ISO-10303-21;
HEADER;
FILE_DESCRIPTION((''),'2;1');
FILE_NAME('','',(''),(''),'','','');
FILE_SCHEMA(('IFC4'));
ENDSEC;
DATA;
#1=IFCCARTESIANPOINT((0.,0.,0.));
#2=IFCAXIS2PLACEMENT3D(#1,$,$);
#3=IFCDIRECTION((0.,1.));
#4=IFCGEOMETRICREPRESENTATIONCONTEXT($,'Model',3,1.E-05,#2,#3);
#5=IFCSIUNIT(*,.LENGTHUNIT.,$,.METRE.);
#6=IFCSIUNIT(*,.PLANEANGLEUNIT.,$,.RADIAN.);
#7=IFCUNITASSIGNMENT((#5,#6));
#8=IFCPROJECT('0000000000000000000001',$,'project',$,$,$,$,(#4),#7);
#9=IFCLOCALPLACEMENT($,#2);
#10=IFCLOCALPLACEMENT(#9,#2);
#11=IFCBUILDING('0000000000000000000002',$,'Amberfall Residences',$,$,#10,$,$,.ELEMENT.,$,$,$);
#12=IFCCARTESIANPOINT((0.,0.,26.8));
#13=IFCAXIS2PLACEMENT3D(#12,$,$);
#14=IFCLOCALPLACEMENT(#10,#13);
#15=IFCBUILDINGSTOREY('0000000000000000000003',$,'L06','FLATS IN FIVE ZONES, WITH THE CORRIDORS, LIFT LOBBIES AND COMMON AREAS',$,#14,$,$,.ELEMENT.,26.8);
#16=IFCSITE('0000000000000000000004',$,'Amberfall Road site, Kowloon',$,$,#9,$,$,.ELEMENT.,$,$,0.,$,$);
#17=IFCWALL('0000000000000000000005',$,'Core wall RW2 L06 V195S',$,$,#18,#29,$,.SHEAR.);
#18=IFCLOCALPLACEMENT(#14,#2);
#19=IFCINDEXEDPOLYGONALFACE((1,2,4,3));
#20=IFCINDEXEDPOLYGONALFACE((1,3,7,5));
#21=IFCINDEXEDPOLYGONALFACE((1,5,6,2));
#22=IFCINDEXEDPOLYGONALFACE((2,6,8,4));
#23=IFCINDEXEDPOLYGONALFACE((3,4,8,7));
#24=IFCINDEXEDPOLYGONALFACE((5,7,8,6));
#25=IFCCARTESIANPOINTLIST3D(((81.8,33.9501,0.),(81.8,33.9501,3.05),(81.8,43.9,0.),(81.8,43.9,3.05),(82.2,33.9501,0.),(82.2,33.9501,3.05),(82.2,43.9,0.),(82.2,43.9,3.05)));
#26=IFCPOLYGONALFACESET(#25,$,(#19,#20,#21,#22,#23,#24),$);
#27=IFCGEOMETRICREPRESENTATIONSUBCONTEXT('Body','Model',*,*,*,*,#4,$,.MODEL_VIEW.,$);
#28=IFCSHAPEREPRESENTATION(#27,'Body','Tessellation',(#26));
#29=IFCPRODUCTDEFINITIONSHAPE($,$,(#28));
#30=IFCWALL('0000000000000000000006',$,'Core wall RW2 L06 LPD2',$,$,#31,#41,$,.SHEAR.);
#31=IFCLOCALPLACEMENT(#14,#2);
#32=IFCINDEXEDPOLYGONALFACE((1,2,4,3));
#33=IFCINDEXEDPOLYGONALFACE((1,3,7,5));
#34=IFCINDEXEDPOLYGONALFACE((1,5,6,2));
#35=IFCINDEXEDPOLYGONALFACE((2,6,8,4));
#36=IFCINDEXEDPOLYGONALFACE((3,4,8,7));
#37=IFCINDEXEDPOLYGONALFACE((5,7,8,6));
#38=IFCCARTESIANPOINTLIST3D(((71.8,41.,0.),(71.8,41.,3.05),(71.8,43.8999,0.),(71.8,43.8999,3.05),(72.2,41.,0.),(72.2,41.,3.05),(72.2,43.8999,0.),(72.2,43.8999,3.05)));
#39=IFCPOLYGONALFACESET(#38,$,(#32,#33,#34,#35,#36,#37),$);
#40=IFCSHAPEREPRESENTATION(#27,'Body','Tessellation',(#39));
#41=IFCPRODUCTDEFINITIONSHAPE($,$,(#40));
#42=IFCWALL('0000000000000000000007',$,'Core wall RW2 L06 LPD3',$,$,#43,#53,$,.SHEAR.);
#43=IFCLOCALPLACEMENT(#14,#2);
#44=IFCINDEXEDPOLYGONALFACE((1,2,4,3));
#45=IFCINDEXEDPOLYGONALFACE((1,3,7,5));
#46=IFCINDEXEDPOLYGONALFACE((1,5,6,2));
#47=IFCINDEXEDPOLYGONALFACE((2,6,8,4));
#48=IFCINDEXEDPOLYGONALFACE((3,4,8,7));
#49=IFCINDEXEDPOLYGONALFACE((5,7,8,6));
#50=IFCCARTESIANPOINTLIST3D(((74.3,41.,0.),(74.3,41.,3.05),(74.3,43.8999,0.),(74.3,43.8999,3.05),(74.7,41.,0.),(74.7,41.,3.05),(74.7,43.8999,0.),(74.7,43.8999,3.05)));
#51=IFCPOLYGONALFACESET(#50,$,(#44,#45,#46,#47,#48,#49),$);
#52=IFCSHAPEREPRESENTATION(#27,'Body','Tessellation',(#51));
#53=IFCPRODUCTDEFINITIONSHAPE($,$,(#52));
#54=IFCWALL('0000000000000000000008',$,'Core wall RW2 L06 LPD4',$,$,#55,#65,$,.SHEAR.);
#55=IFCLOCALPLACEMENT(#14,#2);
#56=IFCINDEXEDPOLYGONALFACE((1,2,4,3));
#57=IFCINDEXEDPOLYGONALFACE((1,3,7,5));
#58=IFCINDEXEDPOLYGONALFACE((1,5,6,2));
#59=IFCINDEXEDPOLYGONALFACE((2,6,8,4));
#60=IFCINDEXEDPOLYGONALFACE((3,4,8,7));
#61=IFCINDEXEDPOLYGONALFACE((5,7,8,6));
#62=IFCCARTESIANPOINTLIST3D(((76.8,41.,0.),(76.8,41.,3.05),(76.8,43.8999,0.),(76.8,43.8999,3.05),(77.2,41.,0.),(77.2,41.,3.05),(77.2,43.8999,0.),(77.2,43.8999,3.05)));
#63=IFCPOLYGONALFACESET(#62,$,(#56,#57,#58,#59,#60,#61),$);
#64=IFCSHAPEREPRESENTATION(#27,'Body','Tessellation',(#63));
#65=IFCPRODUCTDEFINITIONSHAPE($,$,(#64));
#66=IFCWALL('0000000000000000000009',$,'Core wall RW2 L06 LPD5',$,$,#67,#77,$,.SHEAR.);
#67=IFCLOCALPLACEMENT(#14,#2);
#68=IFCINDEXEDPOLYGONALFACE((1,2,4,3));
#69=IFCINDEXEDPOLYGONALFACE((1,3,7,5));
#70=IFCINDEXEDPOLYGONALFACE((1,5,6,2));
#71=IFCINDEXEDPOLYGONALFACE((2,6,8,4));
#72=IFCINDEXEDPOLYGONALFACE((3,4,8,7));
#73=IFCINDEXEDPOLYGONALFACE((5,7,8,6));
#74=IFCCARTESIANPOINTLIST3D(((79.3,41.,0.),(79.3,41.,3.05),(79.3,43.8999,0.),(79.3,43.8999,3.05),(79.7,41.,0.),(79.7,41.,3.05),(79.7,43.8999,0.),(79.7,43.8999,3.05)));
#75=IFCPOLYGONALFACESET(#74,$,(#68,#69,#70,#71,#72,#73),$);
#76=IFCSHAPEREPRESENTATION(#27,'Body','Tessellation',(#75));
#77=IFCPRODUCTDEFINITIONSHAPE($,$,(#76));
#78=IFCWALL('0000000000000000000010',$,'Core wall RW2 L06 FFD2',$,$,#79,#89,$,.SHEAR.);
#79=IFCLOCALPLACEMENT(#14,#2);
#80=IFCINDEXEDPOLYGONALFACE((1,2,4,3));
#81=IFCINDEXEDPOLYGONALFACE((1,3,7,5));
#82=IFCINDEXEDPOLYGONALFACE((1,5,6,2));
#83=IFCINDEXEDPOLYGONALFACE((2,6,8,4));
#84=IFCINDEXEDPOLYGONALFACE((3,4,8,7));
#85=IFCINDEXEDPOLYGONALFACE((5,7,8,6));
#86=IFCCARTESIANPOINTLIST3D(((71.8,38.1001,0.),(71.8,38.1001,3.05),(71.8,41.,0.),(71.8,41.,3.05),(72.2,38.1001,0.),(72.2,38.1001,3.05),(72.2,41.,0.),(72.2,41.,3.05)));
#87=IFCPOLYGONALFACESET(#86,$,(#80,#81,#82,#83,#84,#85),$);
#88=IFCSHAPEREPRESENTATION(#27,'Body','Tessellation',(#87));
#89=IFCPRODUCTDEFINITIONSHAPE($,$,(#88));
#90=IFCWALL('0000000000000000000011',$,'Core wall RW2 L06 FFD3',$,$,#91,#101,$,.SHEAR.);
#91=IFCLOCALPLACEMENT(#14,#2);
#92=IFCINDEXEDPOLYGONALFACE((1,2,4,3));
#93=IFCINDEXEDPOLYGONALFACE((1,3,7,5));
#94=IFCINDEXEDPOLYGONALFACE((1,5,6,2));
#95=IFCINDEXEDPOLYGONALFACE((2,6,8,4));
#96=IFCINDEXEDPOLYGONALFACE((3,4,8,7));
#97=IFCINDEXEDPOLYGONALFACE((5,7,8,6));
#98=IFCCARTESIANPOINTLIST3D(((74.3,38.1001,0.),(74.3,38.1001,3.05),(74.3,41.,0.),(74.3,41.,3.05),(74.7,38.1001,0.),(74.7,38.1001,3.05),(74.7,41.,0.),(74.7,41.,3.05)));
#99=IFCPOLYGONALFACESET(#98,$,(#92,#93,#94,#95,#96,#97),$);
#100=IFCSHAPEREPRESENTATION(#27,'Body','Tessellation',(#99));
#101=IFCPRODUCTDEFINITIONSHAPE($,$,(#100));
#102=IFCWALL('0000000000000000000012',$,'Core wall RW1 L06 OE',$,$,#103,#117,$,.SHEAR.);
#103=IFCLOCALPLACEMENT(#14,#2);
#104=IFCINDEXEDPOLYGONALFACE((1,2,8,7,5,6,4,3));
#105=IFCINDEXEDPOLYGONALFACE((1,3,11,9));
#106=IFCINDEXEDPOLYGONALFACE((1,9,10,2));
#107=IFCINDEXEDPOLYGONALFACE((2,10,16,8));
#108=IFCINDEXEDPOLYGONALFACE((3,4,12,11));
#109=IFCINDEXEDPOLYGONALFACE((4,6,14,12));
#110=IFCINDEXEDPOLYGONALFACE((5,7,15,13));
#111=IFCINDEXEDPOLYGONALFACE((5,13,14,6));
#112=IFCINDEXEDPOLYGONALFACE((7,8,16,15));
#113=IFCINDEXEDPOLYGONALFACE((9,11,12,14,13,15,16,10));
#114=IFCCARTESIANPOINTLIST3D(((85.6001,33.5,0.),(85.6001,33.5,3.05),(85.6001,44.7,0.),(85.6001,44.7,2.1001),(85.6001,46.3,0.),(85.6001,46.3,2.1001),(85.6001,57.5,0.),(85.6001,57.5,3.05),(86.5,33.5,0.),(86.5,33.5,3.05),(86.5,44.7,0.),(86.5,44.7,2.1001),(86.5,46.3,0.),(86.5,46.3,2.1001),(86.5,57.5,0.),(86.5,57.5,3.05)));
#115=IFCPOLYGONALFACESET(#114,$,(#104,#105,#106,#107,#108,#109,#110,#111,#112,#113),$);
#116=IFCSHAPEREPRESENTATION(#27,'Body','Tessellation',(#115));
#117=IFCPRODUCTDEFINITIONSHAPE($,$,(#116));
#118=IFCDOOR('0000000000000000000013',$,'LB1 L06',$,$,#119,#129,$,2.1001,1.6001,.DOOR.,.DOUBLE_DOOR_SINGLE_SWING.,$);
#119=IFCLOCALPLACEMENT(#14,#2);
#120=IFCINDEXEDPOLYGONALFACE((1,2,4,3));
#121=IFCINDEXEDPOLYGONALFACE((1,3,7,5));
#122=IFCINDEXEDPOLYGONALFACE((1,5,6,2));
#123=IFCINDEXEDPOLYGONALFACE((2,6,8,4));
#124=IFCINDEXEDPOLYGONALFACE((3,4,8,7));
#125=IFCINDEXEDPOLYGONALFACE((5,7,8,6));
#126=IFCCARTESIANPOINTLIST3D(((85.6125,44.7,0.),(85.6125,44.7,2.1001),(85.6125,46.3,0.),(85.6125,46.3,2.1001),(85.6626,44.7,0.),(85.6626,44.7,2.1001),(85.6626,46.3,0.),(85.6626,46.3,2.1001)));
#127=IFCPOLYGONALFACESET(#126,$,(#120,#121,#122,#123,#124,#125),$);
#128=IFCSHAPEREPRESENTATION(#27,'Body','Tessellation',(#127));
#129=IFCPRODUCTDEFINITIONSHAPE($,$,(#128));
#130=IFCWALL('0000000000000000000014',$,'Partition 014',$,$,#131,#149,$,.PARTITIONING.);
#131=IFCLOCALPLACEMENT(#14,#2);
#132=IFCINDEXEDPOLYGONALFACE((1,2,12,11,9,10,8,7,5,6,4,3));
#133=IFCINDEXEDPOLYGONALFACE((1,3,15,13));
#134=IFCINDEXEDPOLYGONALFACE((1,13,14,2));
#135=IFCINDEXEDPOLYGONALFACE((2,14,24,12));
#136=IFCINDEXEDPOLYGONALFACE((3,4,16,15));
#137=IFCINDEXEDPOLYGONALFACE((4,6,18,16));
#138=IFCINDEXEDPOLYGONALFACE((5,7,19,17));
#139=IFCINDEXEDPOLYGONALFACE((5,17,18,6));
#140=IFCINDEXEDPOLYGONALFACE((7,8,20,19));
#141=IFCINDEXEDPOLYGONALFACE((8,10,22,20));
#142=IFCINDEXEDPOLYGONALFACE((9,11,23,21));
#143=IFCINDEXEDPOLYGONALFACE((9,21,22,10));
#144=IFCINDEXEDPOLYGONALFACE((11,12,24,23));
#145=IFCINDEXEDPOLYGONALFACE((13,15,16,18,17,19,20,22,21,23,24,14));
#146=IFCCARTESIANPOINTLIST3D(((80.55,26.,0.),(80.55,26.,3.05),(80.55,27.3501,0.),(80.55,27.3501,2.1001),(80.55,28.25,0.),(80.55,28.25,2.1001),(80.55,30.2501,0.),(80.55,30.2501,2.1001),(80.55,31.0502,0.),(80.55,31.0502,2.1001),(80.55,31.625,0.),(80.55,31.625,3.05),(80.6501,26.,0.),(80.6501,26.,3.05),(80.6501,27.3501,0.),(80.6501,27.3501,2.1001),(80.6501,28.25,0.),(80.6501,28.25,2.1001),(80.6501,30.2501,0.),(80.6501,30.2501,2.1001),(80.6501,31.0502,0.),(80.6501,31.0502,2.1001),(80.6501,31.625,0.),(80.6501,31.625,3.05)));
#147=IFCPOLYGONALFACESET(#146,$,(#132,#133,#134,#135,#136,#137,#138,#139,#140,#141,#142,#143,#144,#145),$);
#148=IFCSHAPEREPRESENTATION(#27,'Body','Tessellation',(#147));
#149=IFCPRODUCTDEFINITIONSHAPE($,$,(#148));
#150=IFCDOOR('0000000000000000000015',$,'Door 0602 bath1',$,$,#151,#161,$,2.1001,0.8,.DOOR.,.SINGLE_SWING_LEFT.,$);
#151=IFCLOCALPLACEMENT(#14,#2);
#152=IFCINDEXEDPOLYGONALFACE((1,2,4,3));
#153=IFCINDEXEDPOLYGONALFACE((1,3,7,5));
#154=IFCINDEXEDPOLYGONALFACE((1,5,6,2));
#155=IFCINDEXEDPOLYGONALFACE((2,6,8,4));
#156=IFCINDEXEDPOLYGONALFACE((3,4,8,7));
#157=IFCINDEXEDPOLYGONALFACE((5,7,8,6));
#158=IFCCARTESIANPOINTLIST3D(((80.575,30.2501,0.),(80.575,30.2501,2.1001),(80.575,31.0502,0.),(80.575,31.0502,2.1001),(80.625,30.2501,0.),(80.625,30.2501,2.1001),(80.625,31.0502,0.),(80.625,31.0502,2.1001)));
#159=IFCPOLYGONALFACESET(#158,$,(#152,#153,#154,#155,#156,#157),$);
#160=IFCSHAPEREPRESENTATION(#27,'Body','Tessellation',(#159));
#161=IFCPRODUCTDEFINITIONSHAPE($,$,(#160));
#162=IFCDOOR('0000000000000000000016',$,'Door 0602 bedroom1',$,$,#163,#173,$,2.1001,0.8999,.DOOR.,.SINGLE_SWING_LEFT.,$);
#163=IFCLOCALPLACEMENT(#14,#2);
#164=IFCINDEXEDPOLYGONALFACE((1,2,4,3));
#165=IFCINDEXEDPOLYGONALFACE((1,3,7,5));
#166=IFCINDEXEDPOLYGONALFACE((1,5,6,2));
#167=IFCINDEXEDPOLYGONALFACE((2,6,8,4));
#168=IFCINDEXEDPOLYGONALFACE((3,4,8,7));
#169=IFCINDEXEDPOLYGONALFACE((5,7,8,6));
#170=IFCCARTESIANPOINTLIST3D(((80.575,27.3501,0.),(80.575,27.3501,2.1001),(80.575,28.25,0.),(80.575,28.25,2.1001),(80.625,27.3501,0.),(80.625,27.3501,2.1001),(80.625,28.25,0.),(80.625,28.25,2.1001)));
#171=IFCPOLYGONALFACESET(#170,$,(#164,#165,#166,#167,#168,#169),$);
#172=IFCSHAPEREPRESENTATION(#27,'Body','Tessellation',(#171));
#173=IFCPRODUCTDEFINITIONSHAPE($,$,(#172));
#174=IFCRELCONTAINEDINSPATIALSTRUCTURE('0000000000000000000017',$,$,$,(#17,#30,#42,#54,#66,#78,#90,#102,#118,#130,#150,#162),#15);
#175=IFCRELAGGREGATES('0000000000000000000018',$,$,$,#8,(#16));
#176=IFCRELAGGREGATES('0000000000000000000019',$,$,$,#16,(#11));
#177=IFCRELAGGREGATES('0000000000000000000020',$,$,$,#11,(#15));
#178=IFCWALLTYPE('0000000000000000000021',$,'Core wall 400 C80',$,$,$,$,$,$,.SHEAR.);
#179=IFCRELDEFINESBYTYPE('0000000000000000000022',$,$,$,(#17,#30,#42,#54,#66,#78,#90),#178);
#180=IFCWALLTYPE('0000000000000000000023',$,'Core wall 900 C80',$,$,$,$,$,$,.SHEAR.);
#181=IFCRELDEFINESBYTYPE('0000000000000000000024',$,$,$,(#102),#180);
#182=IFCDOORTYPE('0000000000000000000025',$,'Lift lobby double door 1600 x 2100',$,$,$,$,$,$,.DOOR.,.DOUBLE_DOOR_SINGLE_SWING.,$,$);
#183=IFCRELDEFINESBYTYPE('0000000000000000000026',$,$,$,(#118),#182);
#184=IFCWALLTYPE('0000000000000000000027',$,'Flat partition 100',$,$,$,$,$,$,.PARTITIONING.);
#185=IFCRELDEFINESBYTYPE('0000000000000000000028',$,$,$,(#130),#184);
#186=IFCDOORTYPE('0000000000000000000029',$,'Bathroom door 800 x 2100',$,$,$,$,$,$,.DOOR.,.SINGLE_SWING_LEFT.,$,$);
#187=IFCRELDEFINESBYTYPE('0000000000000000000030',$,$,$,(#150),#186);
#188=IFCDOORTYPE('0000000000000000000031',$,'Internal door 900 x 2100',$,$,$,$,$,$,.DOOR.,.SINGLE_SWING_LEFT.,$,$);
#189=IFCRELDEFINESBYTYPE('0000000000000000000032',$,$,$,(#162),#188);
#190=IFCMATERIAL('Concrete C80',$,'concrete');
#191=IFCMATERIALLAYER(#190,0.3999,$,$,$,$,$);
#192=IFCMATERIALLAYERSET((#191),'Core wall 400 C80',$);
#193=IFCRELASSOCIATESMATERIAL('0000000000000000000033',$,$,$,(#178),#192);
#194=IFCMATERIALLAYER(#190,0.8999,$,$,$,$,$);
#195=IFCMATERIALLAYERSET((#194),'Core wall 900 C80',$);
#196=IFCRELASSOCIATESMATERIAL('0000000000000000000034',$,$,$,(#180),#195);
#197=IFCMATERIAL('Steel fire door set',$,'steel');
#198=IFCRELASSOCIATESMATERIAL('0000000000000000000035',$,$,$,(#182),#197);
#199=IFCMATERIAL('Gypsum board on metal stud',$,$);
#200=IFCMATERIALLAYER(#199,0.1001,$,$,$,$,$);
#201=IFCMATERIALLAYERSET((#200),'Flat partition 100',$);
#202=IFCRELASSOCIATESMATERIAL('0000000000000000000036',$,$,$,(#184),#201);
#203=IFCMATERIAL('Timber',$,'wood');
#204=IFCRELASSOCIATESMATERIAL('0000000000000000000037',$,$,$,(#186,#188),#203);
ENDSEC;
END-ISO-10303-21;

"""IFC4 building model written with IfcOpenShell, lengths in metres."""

from ifc_helpers import new_model, si_unit, direction, frame, frame_2d, origin, place, context, subcontext, project, spatial, rectangle, extrude, material, layer, layer_set, type_object, element, fill, save


model = new_model("IFC4")

# Units and contexts
model_context = context("Model", 3, precision=1e-05, world=origin(), true_north=direction((0.0, 1.0)))
body_context = subcontext(model_context, "Body", "Model", "MODEL_VIEW")
ifc_project = project(units=[si_unit("LENGTHUNIT", "METRE"), si_unit("PLANEANGLEUNIT", "RADIAN")], contexts=[model_context])

# Site, building, storey
site_placement = place(None, origin())
site = spatial("IfcSite", under=ifc_project, at=site_placement, Name="Amberfall Road site, Kowloon", CompositionType="ELEMENT", RefElevation=0.0)
building_placement = place(site_placement, origin())
building = spatial("IfcBuilding", under=site, at=building_placement, Name="Amberfall Residences", CompositionType="ELEMENT")
storey_placement = place(building_placement, frame((0.0, 0.0, 26.8)))
storey = spatial("IfcBuildingStorey", under=building, at=storey_placement, Name="L06", Description="FLATS IN FIVE ZONES, WITH THE CORRIDORS, LIFT LOBBIES AND COMMON AREAS", CompositionType="ELEMENT", Elevation=26.8)

# Walls
ifc_material_1 = material(Name="Concrete C80", Category="concrete")
ifc_layer_1 = layer(ifc_material_1, 0.3999)
ifc_layer_set_1 = layer_set([ifc_layer_1], Name="Core wall 400 C80")
wall_type_1 = type_object("IfcWallType", Name="Core wall 400 C80", PredefinedType="SHEAR", material=ifc_layer_set_1)
wall_1_placement = place(storey_placement, frame((82.0, 33.95, 0.0), z_axis=(0.0, 0.0, 1.0), x_axis=(0.0, 1.0, 0.0)))
element("IfcWall", 1, at=wall_1_placement, inside=storey, type_object=wall_type_1, Name="Core wall RW2 L06 V195S", PredefinedType="SHEAR", context=body_context, shape_type="SweptSolid", body=[
    extrude(rectangle(XDim=9.95, YDim=0.3999, at=frame_2d((4.9751, 0.0))), origin(), (0.0, 0.0, 1.0), 3.05),
])
for number, where, z_axis, x_axis, name in (
    (2, (72.0, 41.0, 0.0), (0.0, 0.0, 1.0), (0.0, 1.0, 0.0), "Core wall RW2 L06 LPD2"),
    (3, (74.5, 41.0, 0.0), (0.0, 0.0, 1.0), (0.0, 1.0, 0.0), "Core wall RW2 L06 LPD3"),
    (4, (77.0, 41.0, 0.0), (0.0, 0.0, 1.0), (0.0, 1.0, 0.0), "Core wall RW2 L06 LPD4"),
    (5, (79.5, 41.0, 0.0), (0.0, 0.0, 1.0), (0.0, 1.0, 0.0), "Core wall RW2 L06 LPD5"),
    (6, (72.0, 38.1001, 0.0), (0.0, 0.0, 1.0), (0.0, 1.0, 0.0), "Core wall RW2 L06 FFD2"),
    (7, (74.5, 38.1001, 0.0), (0.0, 0.0, 1.0), (0.0, 1.0, 0.0), "Core wall RW2 L06 FFD3"),
):
    element("IfcWall", number, at=place(storey_placement, frame(where, z_axis=z_axis, x_axis=x_axis)), inside=storey, type_object=wall_type_1, Name=name, PredefinedType="SHEAR", context=body_context, shape_type="SweptSolid", body=[
        extrude(rectangle(XDim=2.8999, YDim=0.3999, at=frame_2d((1.45, 0.0))), origin(), (0.0, 0.0, 1.0), 3.05),
    ])

# Wall, opening, door
ifc_layer_2 = layer(ifc_material_1, 0.8999)
ifc_layer_set_2 = layer_set([ifc_layer_2], Name="Core wall 900 C80")
wall_type_2 = type_object("IfcWallType", Name="Core wall 900 C80", PredefinedType="SHEAR", material=ifc_layer_set_2)
wall_2_placement = place(storey_placement, frame((86.05, 33.5, 0.0), z_axis=(0.0, 0.0, 1.0), x_axis=(0.0, 1.0, 0.0)))
wall_2 = element("IfcWall", 8, at=wall_2_placement, inside=storey, type_object=wall_type_2, Name="Core wall RW1 L06 OE", PredefinedType="SHEAR", context=body_context, shape_type="SweptSolid", body=[
    extrude(rectangle(XDim=24.0, YDim=0.8999, at=frame_2d((12.0, 0.0))), origin(), (0.0, 0.0, 1.0), 3.05),
])
opening_1_placement = place(wall_2_placement, frame((11.2, 0.0, 0.0)))
opening_1 = element("IfcOpeningElement", 9, at=opening_1_placement, cuts=wall_2, PredefinedType="OPENING", context=body_context, shape_type="SweptSolid", body=[
    extrude(rectangle(XDim=1.6001, YDim=2.1001, at=frame_2d((0.8, 1.05))), frame((0.0, 0.46, 0.0), z_axis=(0.0, -1.0, 0.0), x_axis=(1.0, 0.0, 0.0)), (0.0, 0.0, 1.0), 0.9199),
])
ifc_material_2 = material(Name="Steel fire door set", Category="steel")
door_type_1 = type_object("IfcDoorType", Name="Lift lobby double door 1600 x 2100", OperationType="DOUBLE_DOOR_SINGLE_SWING", PredefinedType="DOOR", material=ifc_material_2)
door_1_placement = place(opening_1_placement, origin())
door_1 = element("IfcDoor", 10, at=door_1_placement, inside=storey, type_object=door_type_1, Name="LB1 L06", OperationType="DOUBLE_DOOR_SINGLE_SWING", OverallHeight=2.1001, OverallWidth=1.6001, PredefinedType="DOOR", context=body_context, shape_type="SweptSolid", body=[
    extrude(rectangle(XDim=1.6001, YDim=2.1001, at=frame_2d((0.8, 1.05))), frame((0.0, 0.4375, 0.0), z_axis=(0.0, -1.0, 0.0), x_axis=(1.0, 0.0, 0.0)), (0.0, 0.0, 1.0), 0.05),
])
fill(opening_1, door_1)

# Wall, openings, doors
ifc_material_3 = material(Name="Gypsum board on metal stud")
ifc_layer_3 = layer(ifc_material_3, 0.1001)
ifc_layer_set_3 = layer_set([ifc_layer_3], Name="Flat partition 100")
wall_type_3 = type_object("IfcWallType", Name="Flat partition 100", PredefinedType="PARTITIONING", material=ifc_layer_set_3)
wall_3_placement = place(storey_placement, frame((80.6001, 31.625, 0.0), z_axis=(0.0, 0.0, 1.0), x_axis=(0.0, -1.0, 0.0)))
wall_3 = element("IfcWall", 11, at=wall_3_placement, inside=storey, type_object=wall_type_3, Name="Partition 014", PredefinedType="PARTITIONING", context=body_context, shape_type="SweptSolid", body=[
    extrude(rectangle(XDim=5.625, YDim=0.1001, at=frame_2d((2.8125, 0.0))), origin(), (0.0, 0.0, 1.0), 3.05),
])
opening_2_placement = place(wall_3_placement, frame((3.375, 0.0, 0.0)))
opening_2 = element("IfcOpeningElement", 12, at=opening_2_placement, cuts=wall_3, PredefinedType="OPENING", context=body_context, shape_type="SweptSolid", body=[
    extrude(rectangle(XDim=0.8999, YDim=2.1001, at=frame_2d((0.45, 1.05))), frame((0.0, 0.0601, 0.0), z_axis=(0.0, -1.0, 0.0), x_axis=(1.0, 0.0, 0.0)), (0.0, 0.0, 1.0), 0.1201),
])
opening_3_placement = place(wall_3_placement, frame((0.575, 0.0, 0.0)))
opening_3 = element("IfcOpeningElement", 13, at=opening_3_placement, cuts=wall_3, PredefinedType="OPENING", context=body_context, shape_type="SweptSolid", body=[
    extrude(rectangle(XDim=0.8, YDim=2.1001, at=frame_2d((0.3999, 1.05))), frame((0.0, 0.0601, 0.0), z_axis=(0.0, -1.0, 0.0), x_axis=(1.0, 0.0, 0.0)), (0.0, 0.0, 1.0), 0.1201),
])
ifc_material_4 = material(Name="Timber", Category="wood")
door_type_2 = type_object("IfcDoorType", Name="Bathroom door 800 x 2100", OperationType="SINGLE_SWING_LEFT", PredefinedType="DOOR", material=ifc_material_4)
door_2_placement = place(opening_3_placement, origin())
door_2 = element("IfcDoor", 14, at=door_2_placement, inside=storey, type_object=door_type_2, Name="Door 0602 bath1", OperationType="SINGLE_SWING_LEFT", OverallHeight=2.1001, OverallWidth=0.8, PredefinedType="DOOR", context=body_context, shape_type="SweptSolid", body=[
    extrude(rectangle(XDim=0.8, YDim=2.1001, at=frame_2d((0.3999, 1.05))), frame((0.0, 0.0249, 0.0), z_axis=(0.0, -1.0, 0.0), x_axis=(1.0, 0.0, 0.0)), (0.0, 0.0, 1.0), 0.05),
])
fill(opening_3, door_2)
door_type_3 = type_object("IfcDoorType", Name="Internal door 900 x 2100", OperationType="SINGLE_SWING_LEFT", PredefinedType="DOOR", material=ifc_material_4)
door_3_placement = place(opening_2_placement, origin())
door_3 = element("IfcDoor", 15, at=door_3_placement, inside=storey, type_object=door_type_3, Name="Door 0602 bedroom1", OperationType="SINGLE_SWING_LEFT", OverallHeight=2.1001, OverallWidth=0.8999, PredefinedType="DOOR", context=body_context, shape_type="SweptSolid", body=[
    extrude(rectangle(XDim=0.8999, YDim=2.1001, at=frame_2d((0.45, 1.05))), frame((0.0, 0.0249, 0.0), z_axis=(0.0, -1.0, 0.0), x_axis=(1.0, 0.0, 0.0)), (0.0, 0.0, 1.0), 0.05),
])
fill(opening_2, door_3)

save(model, "model.ifc")
